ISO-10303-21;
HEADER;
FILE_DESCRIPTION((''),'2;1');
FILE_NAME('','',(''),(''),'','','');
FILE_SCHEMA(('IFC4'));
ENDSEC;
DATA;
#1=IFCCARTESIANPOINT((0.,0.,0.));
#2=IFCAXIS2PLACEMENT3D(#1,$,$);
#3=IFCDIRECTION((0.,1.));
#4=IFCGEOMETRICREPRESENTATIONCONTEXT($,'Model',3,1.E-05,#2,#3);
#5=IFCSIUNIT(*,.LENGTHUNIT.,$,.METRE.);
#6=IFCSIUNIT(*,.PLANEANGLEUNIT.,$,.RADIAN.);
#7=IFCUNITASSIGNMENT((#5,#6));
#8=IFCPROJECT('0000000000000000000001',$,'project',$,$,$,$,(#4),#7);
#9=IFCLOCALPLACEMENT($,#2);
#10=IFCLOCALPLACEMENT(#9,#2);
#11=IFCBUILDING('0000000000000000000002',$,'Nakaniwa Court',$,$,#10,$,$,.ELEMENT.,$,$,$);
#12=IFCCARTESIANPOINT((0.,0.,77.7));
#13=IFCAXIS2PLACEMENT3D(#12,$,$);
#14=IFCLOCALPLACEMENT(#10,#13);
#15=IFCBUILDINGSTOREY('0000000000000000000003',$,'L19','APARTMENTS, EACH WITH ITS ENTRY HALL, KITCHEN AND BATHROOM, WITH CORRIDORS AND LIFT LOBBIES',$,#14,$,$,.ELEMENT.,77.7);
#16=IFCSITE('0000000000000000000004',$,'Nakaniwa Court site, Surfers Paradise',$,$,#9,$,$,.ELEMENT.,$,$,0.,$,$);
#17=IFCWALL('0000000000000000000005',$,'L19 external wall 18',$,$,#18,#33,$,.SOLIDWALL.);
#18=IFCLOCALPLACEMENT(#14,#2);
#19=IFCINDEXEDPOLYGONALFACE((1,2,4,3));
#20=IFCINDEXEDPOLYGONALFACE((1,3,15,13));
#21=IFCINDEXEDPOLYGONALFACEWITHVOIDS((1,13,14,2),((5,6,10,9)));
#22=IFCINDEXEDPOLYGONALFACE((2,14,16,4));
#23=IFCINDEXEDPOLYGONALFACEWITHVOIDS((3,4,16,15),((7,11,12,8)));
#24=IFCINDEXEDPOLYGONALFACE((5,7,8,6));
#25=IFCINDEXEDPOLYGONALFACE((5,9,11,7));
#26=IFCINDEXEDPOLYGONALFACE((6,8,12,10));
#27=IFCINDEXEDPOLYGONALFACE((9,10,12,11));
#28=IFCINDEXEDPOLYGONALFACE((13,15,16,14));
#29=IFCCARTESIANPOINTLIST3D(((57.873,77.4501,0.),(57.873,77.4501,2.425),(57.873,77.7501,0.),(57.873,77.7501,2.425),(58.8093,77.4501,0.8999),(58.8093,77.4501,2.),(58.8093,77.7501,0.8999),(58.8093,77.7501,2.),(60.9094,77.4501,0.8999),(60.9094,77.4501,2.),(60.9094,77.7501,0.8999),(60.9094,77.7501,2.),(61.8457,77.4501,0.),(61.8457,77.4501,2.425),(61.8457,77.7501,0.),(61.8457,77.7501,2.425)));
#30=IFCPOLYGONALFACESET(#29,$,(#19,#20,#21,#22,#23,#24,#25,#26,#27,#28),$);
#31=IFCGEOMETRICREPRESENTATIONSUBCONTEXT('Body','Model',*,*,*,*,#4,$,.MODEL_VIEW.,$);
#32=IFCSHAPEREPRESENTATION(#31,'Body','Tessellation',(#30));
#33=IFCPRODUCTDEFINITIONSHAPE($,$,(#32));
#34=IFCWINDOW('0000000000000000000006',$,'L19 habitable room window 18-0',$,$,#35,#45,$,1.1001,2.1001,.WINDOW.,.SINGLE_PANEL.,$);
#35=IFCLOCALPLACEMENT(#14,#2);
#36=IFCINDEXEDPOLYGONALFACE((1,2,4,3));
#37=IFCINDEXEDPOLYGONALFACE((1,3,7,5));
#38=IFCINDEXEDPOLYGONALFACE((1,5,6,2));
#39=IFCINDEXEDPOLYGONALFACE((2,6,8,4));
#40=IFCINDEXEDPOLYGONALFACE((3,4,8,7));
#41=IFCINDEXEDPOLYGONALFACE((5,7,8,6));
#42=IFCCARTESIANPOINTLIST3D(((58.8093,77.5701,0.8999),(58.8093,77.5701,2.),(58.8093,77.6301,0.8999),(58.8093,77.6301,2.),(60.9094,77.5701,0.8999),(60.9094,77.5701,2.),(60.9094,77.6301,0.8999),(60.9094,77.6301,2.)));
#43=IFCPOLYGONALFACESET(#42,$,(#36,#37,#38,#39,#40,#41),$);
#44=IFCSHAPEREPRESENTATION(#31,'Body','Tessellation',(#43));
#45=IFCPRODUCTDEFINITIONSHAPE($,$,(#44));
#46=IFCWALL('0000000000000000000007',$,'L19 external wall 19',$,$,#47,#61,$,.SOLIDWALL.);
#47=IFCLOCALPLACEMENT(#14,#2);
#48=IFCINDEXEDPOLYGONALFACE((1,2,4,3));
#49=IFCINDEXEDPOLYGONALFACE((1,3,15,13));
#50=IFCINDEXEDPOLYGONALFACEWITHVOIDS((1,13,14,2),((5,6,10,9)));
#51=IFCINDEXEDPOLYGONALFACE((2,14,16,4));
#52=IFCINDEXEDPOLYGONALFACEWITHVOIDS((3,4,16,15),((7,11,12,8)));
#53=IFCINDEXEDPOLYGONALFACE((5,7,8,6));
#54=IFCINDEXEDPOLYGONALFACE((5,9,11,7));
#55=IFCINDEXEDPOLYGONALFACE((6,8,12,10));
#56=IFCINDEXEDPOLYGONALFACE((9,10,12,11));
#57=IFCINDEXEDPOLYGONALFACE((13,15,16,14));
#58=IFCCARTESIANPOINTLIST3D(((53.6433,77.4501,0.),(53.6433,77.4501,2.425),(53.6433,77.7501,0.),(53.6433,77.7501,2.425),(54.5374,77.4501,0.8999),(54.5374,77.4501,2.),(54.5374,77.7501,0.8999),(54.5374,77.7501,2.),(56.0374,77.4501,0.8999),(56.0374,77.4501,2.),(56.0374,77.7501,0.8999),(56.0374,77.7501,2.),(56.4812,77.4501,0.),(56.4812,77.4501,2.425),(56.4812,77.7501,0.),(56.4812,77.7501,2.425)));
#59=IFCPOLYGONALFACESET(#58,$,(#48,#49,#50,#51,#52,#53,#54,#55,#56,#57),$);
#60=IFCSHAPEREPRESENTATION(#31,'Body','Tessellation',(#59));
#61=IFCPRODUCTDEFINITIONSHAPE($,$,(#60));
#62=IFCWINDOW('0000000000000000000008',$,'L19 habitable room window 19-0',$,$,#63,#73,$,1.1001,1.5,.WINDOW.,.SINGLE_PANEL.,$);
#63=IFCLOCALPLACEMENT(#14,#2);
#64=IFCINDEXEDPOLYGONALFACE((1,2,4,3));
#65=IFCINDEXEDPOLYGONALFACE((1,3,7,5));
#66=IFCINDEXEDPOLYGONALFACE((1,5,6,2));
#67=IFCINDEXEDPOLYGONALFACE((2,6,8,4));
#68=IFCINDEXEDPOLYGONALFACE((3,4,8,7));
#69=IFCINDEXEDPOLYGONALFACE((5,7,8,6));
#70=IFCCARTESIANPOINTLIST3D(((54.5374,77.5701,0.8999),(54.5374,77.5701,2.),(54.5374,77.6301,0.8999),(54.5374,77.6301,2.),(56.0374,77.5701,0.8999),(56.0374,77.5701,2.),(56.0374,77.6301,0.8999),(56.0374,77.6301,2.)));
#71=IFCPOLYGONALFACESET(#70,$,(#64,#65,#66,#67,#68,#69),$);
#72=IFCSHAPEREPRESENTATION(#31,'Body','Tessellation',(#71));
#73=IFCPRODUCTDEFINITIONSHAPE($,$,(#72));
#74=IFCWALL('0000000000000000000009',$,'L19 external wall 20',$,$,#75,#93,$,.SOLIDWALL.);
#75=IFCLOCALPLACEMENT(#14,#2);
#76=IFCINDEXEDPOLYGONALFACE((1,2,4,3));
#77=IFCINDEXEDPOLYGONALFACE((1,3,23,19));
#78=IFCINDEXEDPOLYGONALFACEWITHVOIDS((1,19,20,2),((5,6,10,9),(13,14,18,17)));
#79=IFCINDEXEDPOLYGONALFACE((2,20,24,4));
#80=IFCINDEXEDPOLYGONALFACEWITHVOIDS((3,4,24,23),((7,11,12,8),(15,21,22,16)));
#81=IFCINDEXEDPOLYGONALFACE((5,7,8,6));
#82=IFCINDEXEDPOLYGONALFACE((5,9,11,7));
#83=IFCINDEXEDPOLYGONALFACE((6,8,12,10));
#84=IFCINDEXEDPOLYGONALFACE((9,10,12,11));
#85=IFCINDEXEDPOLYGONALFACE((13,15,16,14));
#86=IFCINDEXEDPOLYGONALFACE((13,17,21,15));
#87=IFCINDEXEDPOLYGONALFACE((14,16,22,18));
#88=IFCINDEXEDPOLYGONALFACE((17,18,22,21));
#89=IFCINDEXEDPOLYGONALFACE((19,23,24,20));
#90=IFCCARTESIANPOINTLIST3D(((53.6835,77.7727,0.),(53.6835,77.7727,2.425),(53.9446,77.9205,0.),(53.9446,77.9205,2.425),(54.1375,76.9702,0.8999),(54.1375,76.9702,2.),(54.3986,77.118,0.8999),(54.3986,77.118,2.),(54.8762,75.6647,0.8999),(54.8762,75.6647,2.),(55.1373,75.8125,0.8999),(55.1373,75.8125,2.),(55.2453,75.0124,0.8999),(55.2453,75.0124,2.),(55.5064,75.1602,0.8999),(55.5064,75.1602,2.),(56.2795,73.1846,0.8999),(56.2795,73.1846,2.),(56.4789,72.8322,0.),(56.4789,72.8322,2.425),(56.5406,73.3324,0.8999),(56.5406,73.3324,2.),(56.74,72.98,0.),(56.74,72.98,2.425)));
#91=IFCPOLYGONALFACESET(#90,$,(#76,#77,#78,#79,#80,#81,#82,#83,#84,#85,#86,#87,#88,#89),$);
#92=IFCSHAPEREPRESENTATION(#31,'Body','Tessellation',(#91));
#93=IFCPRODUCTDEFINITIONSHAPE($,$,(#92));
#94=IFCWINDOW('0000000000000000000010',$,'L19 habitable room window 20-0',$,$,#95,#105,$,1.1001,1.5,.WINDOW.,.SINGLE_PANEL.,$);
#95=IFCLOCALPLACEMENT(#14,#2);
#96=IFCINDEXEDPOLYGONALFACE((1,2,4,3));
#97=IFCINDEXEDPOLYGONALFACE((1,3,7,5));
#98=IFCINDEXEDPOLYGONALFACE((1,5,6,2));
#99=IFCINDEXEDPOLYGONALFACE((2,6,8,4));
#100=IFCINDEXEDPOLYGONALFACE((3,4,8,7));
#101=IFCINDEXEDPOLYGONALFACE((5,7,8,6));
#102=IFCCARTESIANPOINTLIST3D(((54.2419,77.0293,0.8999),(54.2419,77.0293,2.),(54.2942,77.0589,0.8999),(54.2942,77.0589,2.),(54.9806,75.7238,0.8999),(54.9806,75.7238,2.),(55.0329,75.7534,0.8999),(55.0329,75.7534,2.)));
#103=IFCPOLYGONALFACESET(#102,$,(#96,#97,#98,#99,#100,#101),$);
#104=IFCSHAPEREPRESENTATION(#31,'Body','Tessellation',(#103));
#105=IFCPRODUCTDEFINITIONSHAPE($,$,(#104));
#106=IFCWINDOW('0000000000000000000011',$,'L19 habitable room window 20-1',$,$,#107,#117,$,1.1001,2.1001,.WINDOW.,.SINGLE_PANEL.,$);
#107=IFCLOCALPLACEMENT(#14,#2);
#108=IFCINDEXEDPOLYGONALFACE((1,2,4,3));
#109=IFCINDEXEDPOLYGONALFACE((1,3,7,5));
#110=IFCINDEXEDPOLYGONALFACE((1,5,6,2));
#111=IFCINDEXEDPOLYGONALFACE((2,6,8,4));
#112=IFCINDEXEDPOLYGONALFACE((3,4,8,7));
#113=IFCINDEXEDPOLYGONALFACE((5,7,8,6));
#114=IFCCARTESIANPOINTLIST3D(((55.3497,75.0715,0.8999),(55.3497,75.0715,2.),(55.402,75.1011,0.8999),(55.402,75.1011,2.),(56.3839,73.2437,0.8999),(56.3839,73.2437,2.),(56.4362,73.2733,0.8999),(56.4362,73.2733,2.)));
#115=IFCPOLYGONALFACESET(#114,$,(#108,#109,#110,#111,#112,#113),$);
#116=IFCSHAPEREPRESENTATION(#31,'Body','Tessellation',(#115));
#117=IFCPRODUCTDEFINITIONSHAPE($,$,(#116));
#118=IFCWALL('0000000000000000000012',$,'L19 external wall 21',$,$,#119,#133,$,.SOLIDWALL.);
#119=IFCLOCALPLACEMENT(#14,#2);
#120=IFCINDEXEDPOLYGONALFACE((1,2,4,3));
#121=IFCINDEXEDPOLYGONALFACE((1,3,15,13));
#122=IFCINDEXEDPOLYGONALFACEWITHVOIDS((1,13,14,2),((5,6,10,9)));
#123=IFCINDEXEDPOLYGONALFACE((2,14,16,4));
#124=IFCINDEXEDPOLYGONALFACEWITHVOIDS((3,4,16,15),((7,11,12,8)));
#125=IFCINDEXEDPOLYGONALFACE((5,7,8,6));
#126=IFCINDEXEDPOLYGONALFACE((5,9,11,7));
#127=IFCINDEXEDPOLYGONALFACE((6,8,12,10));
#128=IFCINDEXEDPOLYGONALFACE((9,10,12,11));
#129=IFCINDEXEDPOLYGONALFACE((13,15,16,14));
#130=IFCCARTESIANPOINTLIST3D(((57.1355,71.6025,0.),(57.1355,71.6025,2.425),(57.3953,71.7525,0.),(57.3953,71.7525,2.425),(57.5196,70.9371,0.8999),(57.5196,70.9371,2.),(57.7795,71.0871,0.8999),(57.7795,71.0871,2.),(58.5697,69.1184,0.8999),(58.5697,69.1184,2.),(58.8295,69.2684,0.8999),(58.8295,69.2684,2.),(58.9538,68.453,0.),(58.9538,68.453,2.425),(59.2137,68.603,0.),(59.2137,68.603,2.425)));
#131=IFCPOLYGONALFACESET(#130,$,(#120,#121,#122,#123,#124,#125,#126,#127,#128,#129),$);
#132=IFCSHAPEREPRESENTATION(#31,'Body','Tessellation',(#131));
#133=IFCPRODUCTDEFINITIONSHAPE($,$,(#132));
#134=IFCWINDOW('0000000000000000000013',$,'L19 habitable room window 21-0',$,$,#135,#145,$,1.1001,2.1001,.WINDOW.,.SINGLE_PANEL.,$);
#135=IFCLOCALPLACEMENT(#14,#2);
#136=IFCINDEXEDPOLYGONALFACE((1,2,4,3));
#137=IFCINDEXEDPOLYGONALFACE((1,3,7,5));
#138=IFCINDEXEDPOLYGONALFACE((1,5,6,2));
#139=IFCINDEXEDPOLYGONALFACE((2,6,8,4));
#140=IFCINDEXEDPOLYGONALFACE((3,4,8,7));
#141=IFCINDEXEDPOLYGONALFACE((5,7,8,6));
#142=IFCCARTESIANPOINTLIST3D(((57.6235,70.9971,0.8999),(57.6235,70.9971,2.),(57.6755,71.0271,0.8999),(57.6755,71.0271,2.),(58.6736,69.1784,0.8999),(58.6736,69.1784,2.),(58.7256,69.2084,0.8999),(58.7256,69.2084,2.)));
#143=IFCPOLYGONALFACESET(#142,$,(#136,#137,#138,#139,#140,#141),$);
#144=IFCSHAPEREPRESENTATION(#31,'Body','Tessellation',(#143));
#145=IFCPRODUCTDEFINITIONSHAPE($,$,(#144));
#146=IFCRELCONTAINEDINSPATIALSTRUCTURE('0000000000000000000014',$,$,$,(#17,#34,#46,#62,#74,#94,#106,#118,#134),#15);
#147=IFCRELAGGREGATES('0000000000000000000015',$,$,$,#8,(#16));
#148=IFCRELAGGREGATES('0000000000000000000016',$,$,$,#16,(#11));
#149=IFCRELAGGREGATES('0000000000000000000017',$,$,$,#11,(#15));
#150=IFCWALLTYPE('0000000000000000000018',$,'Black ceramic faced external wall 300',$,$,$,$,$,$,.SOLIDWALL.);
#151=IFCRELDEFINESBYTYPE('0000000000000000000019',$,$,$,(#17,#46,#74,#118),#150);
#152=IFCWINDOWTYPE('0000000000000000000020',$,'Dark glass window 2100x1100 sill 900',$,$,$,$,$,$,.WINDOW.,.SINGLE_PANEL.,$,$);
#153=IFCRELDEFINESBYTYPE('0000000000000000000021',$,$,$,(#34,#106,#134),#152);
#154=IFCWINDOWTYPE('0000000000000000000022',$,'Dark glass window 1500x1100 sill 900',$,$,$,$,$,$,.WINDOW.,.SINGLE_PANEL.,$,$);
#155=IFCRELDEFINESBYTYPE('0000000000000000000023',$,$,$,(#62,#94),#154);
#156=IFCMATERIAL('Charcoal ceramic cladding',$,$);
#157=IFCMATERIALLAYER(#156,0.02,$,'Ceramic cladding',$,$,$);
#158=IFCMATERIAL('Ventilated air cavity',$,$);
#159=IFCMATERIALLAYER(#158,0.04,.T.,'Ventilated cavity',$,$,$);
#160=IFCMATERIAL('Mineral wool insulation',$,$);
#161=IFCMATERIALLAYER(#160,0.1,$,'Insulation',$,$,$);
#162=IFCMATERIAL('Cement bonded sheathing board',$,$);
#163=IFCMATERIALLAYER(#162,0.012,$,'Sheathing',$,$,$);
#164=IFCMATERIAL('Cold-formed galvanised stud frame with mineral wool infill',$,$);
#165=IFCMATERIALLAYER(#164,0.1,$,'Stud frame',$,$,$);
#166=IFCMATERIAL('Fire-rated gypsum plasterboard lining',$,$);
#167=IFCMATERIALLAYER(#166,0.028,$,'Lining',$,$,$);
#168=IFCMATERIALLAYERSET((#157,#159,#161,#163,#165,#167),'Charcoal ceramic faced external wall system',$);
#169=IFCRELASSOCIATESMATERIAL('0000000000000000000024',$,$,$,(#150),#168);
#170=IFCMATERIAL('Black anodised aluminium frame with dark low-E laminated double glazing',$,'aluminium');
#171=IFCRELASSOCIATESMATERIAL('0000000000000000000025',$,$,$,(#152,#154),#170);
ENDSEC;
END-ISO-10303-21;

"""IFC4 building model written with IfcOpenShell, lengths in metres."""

from ifc_helpers import new_model, si_unit, direction, frame, frame_2d, origin, place, context, subcontext, project, spatial, rectangle, extrude, material, layer, layer_set, type_object, element, fill, save


model = new_model("IFC4")

# Units and contexts
model_context = context("Model", 3, precision=1e-05, world=origin(), true_north=direction((0.0, 1.0)))
body_context = subcontext(model_context, "Body", "Model", "MODEL_VIEW")
ifc_project = project(units=[si_unit("LENGTHUNIT", "METRE"), si_unit("PLANEANGLEUNIT", "RADIAN")], contexts=[model_context])

# Site, building, storey
site_placement = place(None, origin())
site = spatial("IfcSite", under=ifc_project, at=site_placement, Name="Nakaniwa Court site, Surfers Paradise", CompositionType="ELEMENT", RefElevation=0.0)
building_placement = place(site_placement, origin())
building = spatial("IfcBuilding", under=site, at=building_placement, Name="Nakaniwa Court", CompositionType="ELEMENT")
storey_placement = place(building_placement, frame((0.0, 0.0, 77.7)))
storey = spatial("IfcBuildingStorey", under=building, at=storey_placement, Name="L19", Description="APARTMENTS, EACH WITH ITS ENTRY HALL, KITCHEN AND BATHROOM, WITH CORRIDORS AND LIFT LOBBIES", CompositionType="ELEMENT", Elevation=77.7)

# Walls, openings, windows
ifc_material_1 = material(Name="Charcoal ceramic cladding")
ifc_layer_1 = layer(ifc_material_1, 0.02, Name="Ceramic cladding")
ifc_material_2 = material(Name="Ventilated air cavity")
ifc_layer_2 = layer(ifc_material_2, 0.04, ventilated=True, Name="Ventilated cavity")
ifc_material_3 = material(Name="Mineral wool insulation")
ifc_layer_3 = layer(ifc_material_3, 0.1, Name="Insulation")
ifc_material_4 = material(Name="Cement bonded sheathing board")
ifc_layer_4 = layer(ifc_material_4, 0.012, Name="Sheathing")
ifc_material_5 = material(Name="Cold-formed galvanised stud frame with mineral wool infill")
ifc_layer_5 = layer(ifc_material_5, 0.1, Name="Stud frame")
ifc_material_6 = material(Name="Fire-rated gypsum plasterboard lining")
ifc_layer_6 = layer(ifc_material_6, 0.028, Name="Lining")
ifc_layer_set_1 = layer_set([ifc_layer_1, ifc_layer_2, ifc_layer_3, ifc_layer_4, ifc_layer_5, ifc_layer_6], Name="Charcoal ceramic faced external wall system")
wall_type_1 = type_object("IfcWallType", Name="Black ceramic faced external wall 300", PredefinedType="SOLIDWALL", material=ifc_layer_set_1)
wall_1_placement = place(storey_placement, frame((61.8457, 77.6001, 0.0), z_axis=(0.0, 0.0, 1.0), x_axis=(-1.0, 0.0, 0.0)))
wall_1 = element("IfcWall", 1, at=wall_1_placement, inside=storey, type_object=wall_type_1, Name="L19 external wall 18", PredefinedType="SOLIDWALL", context=body_context, shape_type="SweptSolid", body=[
    extrude(rectangle(XDim=3.9727, YDim=0.3, at=frame_2d((1.9863, 0.0))), origin(), (0.0, 0.0, 1.0), 2.425),
])
opening_1_placement = place(wall_1_placement, frame((0.9363, 0.0, 0.8999)))
opening_1 = element("IfcOpeningElement", 2, at=opening_1_placement, cuts=wall_1, PredefinedType="OPENING", context=body_context, shape_type="SweptSolid", body=[
    extrude(rectangle(XDim=2.1001, YDim=1.1001, at=frame_2d((1.05, 0.55))), frame((0.0, 0.1599, 0.0), z_axis=(0.0, -1.0, 0.0), x_axis=(1.0, 0.0, 0.0)), (0.0, 0.0, 1.0), 0.3201),
])
ifc_material_7 = material(Name="Black anodised aluminium frame with dark low-E laminated double glazing", Category="aluminium")
window_type_1 = type_object("IfcWindowType", Name="Dark glass window 2100x1100 sill 900", PartitioningType="SINGLE_PANEL", PredefinedType="WINDOW", material=ifc_material_7)
window_1_placement = place(opening_1_placement, origin())
window_1 = element("IfcWindow", 3, at=window_1_placement, inside=storey, type_object=window_type_1, Name="L19 habitable room window 18-0", OverallHeight=1.1001, OverallWidth=2.1001, PartitioningType="SINGLE_PANEL", PredefinedType="WINDOW", context=body_context, shape_type="SweptSolid", body=[
    extrude(rectangle(XDim=2.1001, YDim=1.1001, at=frame_2d((1.05, 0.55))), frame((0.0, 0.03, 0.0), z_axis=(0.0, -1.0, 0.0), x_axis=(1.0, 0.0, 0.0)), (0.0, 0.0, 1.0), 0.0601),
])
fill(opening_1, window_1)
wall_2_placement = place(storey_placement, frame((56.4812, 77.6001, 0.0), z_axis=(0.0, 0.0, 1.0), x_axis=(-1.0, 0.0, 0.0)))
wall_2 = element("IfcWall", 4, at=wall_2_placement, inside=storey, type_object=wall_type_1, Name="L19 external wall 19", PredefinedType="SOLIDWALL", context=body_context, shape_type="SweptSolid", body=[
    extrude(rectangle(XDim=2.8379, YDim=0.3, at=frame_2d((1.4189, 0.0))), origin(), (0.0, 0.0, 1.0), 2.425),
])
opening_2_placement = place(wall_2_placement, frame((0.4438, 0.0, 0.8999)))
opening_2 = element("IfcOpeningElement", 5, at=opening_2_placement, cuts=wall_2, PredefinedType="OPENING", context=body_context, shape_type="SweptSolid", body=[
    extrude(rectangle(XDim=1.5, YDim=1.1001, at=frame_2d((0.75, 0.55))), frame((0.0, 0.1599, 0.0), z_axis=(0.0, -1.0, 0.0), x_axis=(1.0, 0.0, 0.0)), (0.0, 0.0, 1.0), 0.3201),
])
window_type_2 = type_object("IfcWindowType", Name="Dark glass window 1500x1100 sill 900", PartitioningType="SINGLE_PANEL", PredefinedType="WINDOW", material=ifc_material_7)
window_2_placement = place(opening_2_placement, origin())
window_2 = element("IfcWindow", 6, at=window_2_placement, inside=storey, type_object=window_type_2, Name="L19 habitable room window 19-0", OverallHeight=1.1001, OverallWidth=1.5, PartitioningType="SINGLE_PANEL", PredefinedType="WINDOW", context=body_context, shape_type="SweptSolid", body=[
    extrude(rectangle(XDim=1.5, YDim=1.1001, at=frame_2d((0.75, 0.55))), frame((0.0, 0.03, 0.0), z_axis=(0.0, -1.0, 0.0), x_axis=(1.0, 0.0, 0.0)), (0.0, 0.0, 1.0), 0.0601),
])
fill(opening_2, window_2)

# Wall, openings, windows
wall_3_placement = place(storey_placement, frame((53.814, 77.8467, 0.0), z_axis=(0.0, 0.0, 1.0), x_axis=(0.492457, -0.870337, 0.0)))
wall_3 = element("IfcWall", 7, at=wall_3_placement, inside=storey, type_object=wall_type_1, Name="L19 external wall 20", PredefinedType="SOLIDWALL", context=body_context, shape_type="SweptSolid", body=[
    extrude(rectangle(XDim=5.6765, YDim=0.3, at=frame_2d((2.8384, 0.0))), origin(), (0.0, 0.0, 1.0), 2.425),
])
opening_3_placement = place(wall_3_placement, frame((0.9221, 0.0, 0.8999)))
opening_3 = element("IfcOpeningElement", 8, at=opening_3_placement, cuts=wall_3, PredefinedType="OPENING", context=body_context, shape_type="SweptSolid", body=[
    extrude(rectangle(XDim=1.5, YDim=1.1001, at=frame_2d((0.75, 0.55))), frame((0.0, 0.1599, 0.0), z_axis=(0.0, -1.0, 0.0), x_axis=(1.0, 0.0, 0.0)), (0.0, 0.0, 1.0), 0.3201),
])
opening_4_placement = place(wall_3_placement, frame((3.1716, 0.0, 0.8999)))
opening_4 = element("IfcOpeningElement", 9, at=opening_4_placement, cuts=wall_3, PredefinedType="OPENING", context=body_context, shape_type="SweptSolid", body=[
    extrude(rectangle(XDim=2.1001, YDim=1.1001, at=frame_2d((1.05, 0.55))), frame((0.0, 0.1599, 0.0), z_axis=(0.0, -1.0, 0.0), x_axis=(1.0, 0.0, 0.0)), (0.0, 0.0, 1.0), 0.3201),
])
window_3_placement = place(opening_3_placement, origin())
window_3 = element("IfcWindow", 10, at=window_3_placement, inside=storey, type_object=window_type_2, Name="L19 habitable room window 20-0", OverallHeight=1.1001, OverallWidth=1.5, PartitioningType="SINGLE_PANEL", PredefinedType="WINDOW", context=body_context, shape_type="SweptSolid", body=[
    extrude(rectangle(XDim=1.5, YDim=1.1001, at=frame_2d((0.75, 0.55))), frame((0.0, 0.03, 0.0), z_axis=(0.0, -1.0, 0.0), x_axis=(1.0, 0.0, 0.0)), (0.0, 0.0, 1.0), 0.0601),
])
fill(opening_3, window_3)
window_4_placement = place(opening_4_placement, origin())
window_4 = element("IfcWindow", 11, at=window_4_placement, inside=storey, type_object=window_type_1, Name="L19 habitable room window 20-1", OverallHeight=1.1001, OverallWidth=2.1001, PartitioningType="SINGLE_PANEL", PredefinedType="WINDOW", context=body_context, shape_type="SweptSolid", body=[
    extrude(rectangle(XDim=2.1001, YDim=1.1001, at=frame_2d((1.05, 0.55))), frame((0.0, 0.03, 0.0), z_axis=(0.0, -1.0, 0.0), x_axis=(1.0, 0.0, 0.0)), (0.0, 0.0, 1.0), 0.0601),
])
fill(opening_4, window_4)

# Wall, opening, window
wall_4_placement = place(storey_placement, frame((57.2654, 71.6775, 0.0), z_axis=(0.0, 0.0, 1.0), x_axis=(0.500009, -0.86602, 0.0)))
wall_4 = element("IfcWall", 12, at=wall_4_placement, inside=storey, type_object=wall_type_1, Name="L19 external wall 21", PredefinedType="SOLIDWALL", context=body_context, shape_type="SweptSolid", body=[
    extrude(rectangle(XDim=3.6367, YDim=0.3, at=frame_2d((1.8184, 0.0))), origin(), (0.0, 0.0, 1.0), 2.425),
])
opening_5_placement = place(wall_4_placement, frame((0.7683, 0.0, 0.8999)))
opening_5 = element("IfcOpeningElement", 13, at=opening_5_placement, cuts=wall_4, PredefinedType="OPENING", context=body_context, shape_type="SweptSolid", body=[
    extrude(rectangle(XDim=2.1001, YDim=1.1001, at=frame_2d((1.05, 0.55))), frame((0.0, 0.1599, 0.0), z_axis=(0.0, -1.0, 0.0), x_axis=(1.0, 0.0, 0.0)), (0.0, 0.0, 1.0), 0.3201),
])
window_5_placement = place(opening_5_placement, origin())
window_5 = element("IfcWindow", 14, at=window_5_placement, inside=storey, type_object=window_type_1, Name="L19 habitable room window 21-0", OverallHeight=1.1001, OverallWidth=2.1001, PartitioningType="SINGLE_PANEL", PredefinedType="WINDOW", context=body_context, shape_type="SweptSolid", body=[
    extrude(rectangle(XDim=2.1001, YDim=1.1001, at=frame_2d((1.05, 0.55))), frame((0.0, 0.03, 0.0), z_axis=(0.0, -1.0, 0.0), x_axis=(1.0, 0.0, 0.0)), (0.0, 0.0, 1.0), 0.0601),
])
fill(opening_5, window_5)

save(model, "model.ifc")
